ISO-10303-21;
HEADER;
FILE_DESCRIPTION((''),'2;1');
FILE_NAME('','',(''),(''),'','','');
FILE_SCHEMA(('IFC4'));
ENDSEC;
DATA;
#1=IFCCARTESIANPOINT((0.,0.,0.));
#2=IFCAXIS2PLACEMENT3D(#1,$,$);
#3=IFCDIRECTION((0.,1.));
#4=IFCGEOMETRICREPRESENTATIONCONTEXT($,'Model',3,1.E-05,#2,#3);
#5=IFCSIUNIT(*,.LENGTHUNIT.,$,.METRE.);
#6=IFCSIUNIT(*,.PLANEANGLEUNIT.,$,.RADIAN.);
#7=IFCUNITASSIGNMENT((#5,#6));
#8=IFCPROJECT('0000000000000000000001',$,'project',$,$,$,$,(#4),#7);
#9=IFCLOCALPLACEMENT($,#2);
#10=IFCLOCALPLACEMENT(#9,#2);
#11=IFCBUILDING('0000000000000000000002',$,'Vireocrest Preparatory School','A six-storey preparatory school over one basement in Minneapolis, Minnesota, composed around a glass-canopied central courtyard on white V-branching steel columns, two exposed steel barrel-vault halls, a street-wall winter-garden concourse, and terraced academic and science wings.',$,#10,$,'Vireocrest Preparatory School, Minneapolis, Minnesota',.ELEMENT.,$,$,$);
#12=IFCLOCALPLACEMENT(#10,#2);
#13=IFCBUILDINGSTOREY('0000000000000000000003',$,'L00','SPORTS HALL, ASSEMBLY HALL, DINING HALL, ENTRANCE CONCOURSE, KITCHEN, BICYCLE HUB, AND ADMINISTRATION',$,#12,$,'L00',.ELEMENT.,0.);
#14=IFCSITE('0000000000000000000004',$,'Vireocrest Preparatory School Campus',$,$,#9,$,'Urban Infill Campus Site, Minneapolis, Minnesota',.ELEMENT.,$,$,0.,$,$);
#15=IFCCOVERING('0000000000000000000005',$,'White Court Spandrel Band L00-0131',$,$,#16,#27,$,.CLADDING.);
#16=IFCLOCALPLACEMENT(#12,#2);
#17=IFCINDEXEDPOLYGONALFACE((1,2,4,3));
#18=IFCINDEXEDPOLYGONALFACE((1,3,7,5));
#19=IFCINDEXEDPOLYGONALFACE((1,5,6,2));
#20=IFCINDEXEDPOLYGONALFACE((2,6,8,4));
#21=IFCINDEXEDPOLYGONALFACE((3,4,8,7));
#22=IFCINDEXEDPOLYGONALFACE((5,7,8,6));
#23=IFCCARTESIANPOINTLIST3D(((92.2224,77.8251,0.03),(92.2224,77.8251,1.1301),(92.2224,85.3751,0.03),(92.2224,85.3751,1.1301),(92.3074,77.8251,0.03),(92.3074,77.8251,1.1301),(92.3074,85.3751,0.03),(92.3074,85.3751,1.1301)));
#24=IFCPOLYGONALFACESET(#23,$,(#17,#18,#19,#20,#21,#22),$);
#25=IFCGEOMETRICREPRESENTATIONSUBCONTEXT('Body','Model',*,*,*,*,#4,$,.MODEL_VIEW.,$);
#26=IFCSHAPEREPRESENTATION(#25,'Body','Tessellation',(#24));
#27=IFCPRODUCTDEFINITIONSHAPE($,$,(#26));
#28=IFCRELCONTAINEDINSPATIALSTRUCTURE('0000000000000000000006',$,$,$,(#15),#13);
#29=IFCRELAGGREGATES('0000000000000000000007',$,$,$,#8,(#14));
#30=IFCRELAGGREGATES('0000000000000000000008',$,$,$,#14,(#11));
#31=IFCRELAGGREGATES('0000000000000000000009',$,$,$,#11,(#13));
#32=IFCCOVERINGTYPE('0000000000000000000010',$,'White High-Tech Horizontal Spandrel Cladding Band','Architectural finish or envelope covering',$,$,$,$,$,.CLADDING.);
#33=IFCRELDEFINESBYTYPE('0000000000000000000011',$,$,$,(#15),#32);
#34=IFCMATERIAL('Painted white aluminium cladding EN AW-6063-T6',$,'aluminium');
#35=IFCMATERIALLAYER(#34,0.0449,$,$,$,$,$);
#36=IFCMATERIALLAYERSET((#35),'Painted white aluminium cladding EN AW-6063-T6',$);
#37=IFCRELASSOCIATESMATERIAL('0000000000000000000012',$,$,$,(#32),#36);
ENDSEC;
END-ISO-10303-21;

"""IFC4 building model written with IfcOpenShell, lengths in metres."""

from ifc_helpers import new_model, si_unit, direction, frame, origin, origin_2d, place, context, subcontext, project, spatial, rectangle, extrude, material, layer, layer_set, type_object, element, save


model = new_model("IFC4")

# Units and contexts
model_context = context("Model", 3, precision=1e-05, world=origin(), true_north=direction((0.0, 1.0)))
body_context = subcontext(model_context, "Body", "Model", "MODEL_VIEW")
ifc_project = project(units=[si_unit("LENGTHUNIT", "METRE"), si_unit("PLANEANGLEUNIT", "RADIAN")], contexts=[model_context])

# Site, building, storey
site_placement = place(None, origin())
site = spatial("IfcSite", under=ifc_project, at=site_placement, Name="Vireocrest Preparatory School Campus", LongName="Urban Infill Campus Site, Minneapolis, Minnesota", CompositionType="ELEMENT", RefElevation=0.0)
building_placement = place(site_placement, origin())
building = spatial("IfcBuilding", under=site, at=building_placement, Name="Vireocrest Preparatory School", Description="A six-storey preparatory school over one basement in Minneapolis, Minnesota, composed around a glass-canopied central courtyard on white V-branching steel columns, two exposed steel barrel-vault halls, a street-wall winter-garden concourse, and terraced academic and science wings.", LongName="Vireocrest Preparatory School, Minneapolis, Minnesota", CompositionType="ELEMENT")
storey_placement = place(building_placement, origin())
storey = spatial("IfcBuildingStorey", under=building, at=storey_placement, Name="L00", Description="SPORTS HALL, ASSEMBLY HALL, DINING HALL, ENTRANCE CONCOURSE, KITCHEN, BICYCLE HUB, AND ADMINISTRATION", LongName="L00", CompositionType="ELEMENT", Elevation=0.0)

# Covering
ifc_material_1 = material(Name="Painted white aluminium cladding EN AW-6063-T6", Category="aluminium")
ifc_layer_1 = layer(ifc_material_1, 0.0449)
ifc_layer_set_1 = layer_set([ifc_layer_1], Name="Painted white aluminium cladding EN AW-6063-T6")
covering_type = type_object("IfcCoveringType", Name="White High-Tech Horizontal Spandrel Cladding Band", Description="Architectural finish or envelope covering", PredefinedType="CLADDING", material=ifc_layer_set_1)
covering_placement = place(storey_placement, frame((92.2649, 81.6001, 0.03), z_axis=(0.0, 0.0, 1.0), x_axis=(1.0, 0.0, 0.0)))
element("IfcCovering", 1, at=covering_placement, inside=storey, type_object=covering_type, Name="White Court Spandrel Band L00-0131", PredefinedType="CLADDING", context=body_context, shape_type="SweptSolid", body=[
    extrude(rectangle(XDim=0.085, YDim=7.55, at=origin_2d()), origin(), (0.0, 0.0, 1.0), 1.1001),
])

save(model, "model.ifc")
